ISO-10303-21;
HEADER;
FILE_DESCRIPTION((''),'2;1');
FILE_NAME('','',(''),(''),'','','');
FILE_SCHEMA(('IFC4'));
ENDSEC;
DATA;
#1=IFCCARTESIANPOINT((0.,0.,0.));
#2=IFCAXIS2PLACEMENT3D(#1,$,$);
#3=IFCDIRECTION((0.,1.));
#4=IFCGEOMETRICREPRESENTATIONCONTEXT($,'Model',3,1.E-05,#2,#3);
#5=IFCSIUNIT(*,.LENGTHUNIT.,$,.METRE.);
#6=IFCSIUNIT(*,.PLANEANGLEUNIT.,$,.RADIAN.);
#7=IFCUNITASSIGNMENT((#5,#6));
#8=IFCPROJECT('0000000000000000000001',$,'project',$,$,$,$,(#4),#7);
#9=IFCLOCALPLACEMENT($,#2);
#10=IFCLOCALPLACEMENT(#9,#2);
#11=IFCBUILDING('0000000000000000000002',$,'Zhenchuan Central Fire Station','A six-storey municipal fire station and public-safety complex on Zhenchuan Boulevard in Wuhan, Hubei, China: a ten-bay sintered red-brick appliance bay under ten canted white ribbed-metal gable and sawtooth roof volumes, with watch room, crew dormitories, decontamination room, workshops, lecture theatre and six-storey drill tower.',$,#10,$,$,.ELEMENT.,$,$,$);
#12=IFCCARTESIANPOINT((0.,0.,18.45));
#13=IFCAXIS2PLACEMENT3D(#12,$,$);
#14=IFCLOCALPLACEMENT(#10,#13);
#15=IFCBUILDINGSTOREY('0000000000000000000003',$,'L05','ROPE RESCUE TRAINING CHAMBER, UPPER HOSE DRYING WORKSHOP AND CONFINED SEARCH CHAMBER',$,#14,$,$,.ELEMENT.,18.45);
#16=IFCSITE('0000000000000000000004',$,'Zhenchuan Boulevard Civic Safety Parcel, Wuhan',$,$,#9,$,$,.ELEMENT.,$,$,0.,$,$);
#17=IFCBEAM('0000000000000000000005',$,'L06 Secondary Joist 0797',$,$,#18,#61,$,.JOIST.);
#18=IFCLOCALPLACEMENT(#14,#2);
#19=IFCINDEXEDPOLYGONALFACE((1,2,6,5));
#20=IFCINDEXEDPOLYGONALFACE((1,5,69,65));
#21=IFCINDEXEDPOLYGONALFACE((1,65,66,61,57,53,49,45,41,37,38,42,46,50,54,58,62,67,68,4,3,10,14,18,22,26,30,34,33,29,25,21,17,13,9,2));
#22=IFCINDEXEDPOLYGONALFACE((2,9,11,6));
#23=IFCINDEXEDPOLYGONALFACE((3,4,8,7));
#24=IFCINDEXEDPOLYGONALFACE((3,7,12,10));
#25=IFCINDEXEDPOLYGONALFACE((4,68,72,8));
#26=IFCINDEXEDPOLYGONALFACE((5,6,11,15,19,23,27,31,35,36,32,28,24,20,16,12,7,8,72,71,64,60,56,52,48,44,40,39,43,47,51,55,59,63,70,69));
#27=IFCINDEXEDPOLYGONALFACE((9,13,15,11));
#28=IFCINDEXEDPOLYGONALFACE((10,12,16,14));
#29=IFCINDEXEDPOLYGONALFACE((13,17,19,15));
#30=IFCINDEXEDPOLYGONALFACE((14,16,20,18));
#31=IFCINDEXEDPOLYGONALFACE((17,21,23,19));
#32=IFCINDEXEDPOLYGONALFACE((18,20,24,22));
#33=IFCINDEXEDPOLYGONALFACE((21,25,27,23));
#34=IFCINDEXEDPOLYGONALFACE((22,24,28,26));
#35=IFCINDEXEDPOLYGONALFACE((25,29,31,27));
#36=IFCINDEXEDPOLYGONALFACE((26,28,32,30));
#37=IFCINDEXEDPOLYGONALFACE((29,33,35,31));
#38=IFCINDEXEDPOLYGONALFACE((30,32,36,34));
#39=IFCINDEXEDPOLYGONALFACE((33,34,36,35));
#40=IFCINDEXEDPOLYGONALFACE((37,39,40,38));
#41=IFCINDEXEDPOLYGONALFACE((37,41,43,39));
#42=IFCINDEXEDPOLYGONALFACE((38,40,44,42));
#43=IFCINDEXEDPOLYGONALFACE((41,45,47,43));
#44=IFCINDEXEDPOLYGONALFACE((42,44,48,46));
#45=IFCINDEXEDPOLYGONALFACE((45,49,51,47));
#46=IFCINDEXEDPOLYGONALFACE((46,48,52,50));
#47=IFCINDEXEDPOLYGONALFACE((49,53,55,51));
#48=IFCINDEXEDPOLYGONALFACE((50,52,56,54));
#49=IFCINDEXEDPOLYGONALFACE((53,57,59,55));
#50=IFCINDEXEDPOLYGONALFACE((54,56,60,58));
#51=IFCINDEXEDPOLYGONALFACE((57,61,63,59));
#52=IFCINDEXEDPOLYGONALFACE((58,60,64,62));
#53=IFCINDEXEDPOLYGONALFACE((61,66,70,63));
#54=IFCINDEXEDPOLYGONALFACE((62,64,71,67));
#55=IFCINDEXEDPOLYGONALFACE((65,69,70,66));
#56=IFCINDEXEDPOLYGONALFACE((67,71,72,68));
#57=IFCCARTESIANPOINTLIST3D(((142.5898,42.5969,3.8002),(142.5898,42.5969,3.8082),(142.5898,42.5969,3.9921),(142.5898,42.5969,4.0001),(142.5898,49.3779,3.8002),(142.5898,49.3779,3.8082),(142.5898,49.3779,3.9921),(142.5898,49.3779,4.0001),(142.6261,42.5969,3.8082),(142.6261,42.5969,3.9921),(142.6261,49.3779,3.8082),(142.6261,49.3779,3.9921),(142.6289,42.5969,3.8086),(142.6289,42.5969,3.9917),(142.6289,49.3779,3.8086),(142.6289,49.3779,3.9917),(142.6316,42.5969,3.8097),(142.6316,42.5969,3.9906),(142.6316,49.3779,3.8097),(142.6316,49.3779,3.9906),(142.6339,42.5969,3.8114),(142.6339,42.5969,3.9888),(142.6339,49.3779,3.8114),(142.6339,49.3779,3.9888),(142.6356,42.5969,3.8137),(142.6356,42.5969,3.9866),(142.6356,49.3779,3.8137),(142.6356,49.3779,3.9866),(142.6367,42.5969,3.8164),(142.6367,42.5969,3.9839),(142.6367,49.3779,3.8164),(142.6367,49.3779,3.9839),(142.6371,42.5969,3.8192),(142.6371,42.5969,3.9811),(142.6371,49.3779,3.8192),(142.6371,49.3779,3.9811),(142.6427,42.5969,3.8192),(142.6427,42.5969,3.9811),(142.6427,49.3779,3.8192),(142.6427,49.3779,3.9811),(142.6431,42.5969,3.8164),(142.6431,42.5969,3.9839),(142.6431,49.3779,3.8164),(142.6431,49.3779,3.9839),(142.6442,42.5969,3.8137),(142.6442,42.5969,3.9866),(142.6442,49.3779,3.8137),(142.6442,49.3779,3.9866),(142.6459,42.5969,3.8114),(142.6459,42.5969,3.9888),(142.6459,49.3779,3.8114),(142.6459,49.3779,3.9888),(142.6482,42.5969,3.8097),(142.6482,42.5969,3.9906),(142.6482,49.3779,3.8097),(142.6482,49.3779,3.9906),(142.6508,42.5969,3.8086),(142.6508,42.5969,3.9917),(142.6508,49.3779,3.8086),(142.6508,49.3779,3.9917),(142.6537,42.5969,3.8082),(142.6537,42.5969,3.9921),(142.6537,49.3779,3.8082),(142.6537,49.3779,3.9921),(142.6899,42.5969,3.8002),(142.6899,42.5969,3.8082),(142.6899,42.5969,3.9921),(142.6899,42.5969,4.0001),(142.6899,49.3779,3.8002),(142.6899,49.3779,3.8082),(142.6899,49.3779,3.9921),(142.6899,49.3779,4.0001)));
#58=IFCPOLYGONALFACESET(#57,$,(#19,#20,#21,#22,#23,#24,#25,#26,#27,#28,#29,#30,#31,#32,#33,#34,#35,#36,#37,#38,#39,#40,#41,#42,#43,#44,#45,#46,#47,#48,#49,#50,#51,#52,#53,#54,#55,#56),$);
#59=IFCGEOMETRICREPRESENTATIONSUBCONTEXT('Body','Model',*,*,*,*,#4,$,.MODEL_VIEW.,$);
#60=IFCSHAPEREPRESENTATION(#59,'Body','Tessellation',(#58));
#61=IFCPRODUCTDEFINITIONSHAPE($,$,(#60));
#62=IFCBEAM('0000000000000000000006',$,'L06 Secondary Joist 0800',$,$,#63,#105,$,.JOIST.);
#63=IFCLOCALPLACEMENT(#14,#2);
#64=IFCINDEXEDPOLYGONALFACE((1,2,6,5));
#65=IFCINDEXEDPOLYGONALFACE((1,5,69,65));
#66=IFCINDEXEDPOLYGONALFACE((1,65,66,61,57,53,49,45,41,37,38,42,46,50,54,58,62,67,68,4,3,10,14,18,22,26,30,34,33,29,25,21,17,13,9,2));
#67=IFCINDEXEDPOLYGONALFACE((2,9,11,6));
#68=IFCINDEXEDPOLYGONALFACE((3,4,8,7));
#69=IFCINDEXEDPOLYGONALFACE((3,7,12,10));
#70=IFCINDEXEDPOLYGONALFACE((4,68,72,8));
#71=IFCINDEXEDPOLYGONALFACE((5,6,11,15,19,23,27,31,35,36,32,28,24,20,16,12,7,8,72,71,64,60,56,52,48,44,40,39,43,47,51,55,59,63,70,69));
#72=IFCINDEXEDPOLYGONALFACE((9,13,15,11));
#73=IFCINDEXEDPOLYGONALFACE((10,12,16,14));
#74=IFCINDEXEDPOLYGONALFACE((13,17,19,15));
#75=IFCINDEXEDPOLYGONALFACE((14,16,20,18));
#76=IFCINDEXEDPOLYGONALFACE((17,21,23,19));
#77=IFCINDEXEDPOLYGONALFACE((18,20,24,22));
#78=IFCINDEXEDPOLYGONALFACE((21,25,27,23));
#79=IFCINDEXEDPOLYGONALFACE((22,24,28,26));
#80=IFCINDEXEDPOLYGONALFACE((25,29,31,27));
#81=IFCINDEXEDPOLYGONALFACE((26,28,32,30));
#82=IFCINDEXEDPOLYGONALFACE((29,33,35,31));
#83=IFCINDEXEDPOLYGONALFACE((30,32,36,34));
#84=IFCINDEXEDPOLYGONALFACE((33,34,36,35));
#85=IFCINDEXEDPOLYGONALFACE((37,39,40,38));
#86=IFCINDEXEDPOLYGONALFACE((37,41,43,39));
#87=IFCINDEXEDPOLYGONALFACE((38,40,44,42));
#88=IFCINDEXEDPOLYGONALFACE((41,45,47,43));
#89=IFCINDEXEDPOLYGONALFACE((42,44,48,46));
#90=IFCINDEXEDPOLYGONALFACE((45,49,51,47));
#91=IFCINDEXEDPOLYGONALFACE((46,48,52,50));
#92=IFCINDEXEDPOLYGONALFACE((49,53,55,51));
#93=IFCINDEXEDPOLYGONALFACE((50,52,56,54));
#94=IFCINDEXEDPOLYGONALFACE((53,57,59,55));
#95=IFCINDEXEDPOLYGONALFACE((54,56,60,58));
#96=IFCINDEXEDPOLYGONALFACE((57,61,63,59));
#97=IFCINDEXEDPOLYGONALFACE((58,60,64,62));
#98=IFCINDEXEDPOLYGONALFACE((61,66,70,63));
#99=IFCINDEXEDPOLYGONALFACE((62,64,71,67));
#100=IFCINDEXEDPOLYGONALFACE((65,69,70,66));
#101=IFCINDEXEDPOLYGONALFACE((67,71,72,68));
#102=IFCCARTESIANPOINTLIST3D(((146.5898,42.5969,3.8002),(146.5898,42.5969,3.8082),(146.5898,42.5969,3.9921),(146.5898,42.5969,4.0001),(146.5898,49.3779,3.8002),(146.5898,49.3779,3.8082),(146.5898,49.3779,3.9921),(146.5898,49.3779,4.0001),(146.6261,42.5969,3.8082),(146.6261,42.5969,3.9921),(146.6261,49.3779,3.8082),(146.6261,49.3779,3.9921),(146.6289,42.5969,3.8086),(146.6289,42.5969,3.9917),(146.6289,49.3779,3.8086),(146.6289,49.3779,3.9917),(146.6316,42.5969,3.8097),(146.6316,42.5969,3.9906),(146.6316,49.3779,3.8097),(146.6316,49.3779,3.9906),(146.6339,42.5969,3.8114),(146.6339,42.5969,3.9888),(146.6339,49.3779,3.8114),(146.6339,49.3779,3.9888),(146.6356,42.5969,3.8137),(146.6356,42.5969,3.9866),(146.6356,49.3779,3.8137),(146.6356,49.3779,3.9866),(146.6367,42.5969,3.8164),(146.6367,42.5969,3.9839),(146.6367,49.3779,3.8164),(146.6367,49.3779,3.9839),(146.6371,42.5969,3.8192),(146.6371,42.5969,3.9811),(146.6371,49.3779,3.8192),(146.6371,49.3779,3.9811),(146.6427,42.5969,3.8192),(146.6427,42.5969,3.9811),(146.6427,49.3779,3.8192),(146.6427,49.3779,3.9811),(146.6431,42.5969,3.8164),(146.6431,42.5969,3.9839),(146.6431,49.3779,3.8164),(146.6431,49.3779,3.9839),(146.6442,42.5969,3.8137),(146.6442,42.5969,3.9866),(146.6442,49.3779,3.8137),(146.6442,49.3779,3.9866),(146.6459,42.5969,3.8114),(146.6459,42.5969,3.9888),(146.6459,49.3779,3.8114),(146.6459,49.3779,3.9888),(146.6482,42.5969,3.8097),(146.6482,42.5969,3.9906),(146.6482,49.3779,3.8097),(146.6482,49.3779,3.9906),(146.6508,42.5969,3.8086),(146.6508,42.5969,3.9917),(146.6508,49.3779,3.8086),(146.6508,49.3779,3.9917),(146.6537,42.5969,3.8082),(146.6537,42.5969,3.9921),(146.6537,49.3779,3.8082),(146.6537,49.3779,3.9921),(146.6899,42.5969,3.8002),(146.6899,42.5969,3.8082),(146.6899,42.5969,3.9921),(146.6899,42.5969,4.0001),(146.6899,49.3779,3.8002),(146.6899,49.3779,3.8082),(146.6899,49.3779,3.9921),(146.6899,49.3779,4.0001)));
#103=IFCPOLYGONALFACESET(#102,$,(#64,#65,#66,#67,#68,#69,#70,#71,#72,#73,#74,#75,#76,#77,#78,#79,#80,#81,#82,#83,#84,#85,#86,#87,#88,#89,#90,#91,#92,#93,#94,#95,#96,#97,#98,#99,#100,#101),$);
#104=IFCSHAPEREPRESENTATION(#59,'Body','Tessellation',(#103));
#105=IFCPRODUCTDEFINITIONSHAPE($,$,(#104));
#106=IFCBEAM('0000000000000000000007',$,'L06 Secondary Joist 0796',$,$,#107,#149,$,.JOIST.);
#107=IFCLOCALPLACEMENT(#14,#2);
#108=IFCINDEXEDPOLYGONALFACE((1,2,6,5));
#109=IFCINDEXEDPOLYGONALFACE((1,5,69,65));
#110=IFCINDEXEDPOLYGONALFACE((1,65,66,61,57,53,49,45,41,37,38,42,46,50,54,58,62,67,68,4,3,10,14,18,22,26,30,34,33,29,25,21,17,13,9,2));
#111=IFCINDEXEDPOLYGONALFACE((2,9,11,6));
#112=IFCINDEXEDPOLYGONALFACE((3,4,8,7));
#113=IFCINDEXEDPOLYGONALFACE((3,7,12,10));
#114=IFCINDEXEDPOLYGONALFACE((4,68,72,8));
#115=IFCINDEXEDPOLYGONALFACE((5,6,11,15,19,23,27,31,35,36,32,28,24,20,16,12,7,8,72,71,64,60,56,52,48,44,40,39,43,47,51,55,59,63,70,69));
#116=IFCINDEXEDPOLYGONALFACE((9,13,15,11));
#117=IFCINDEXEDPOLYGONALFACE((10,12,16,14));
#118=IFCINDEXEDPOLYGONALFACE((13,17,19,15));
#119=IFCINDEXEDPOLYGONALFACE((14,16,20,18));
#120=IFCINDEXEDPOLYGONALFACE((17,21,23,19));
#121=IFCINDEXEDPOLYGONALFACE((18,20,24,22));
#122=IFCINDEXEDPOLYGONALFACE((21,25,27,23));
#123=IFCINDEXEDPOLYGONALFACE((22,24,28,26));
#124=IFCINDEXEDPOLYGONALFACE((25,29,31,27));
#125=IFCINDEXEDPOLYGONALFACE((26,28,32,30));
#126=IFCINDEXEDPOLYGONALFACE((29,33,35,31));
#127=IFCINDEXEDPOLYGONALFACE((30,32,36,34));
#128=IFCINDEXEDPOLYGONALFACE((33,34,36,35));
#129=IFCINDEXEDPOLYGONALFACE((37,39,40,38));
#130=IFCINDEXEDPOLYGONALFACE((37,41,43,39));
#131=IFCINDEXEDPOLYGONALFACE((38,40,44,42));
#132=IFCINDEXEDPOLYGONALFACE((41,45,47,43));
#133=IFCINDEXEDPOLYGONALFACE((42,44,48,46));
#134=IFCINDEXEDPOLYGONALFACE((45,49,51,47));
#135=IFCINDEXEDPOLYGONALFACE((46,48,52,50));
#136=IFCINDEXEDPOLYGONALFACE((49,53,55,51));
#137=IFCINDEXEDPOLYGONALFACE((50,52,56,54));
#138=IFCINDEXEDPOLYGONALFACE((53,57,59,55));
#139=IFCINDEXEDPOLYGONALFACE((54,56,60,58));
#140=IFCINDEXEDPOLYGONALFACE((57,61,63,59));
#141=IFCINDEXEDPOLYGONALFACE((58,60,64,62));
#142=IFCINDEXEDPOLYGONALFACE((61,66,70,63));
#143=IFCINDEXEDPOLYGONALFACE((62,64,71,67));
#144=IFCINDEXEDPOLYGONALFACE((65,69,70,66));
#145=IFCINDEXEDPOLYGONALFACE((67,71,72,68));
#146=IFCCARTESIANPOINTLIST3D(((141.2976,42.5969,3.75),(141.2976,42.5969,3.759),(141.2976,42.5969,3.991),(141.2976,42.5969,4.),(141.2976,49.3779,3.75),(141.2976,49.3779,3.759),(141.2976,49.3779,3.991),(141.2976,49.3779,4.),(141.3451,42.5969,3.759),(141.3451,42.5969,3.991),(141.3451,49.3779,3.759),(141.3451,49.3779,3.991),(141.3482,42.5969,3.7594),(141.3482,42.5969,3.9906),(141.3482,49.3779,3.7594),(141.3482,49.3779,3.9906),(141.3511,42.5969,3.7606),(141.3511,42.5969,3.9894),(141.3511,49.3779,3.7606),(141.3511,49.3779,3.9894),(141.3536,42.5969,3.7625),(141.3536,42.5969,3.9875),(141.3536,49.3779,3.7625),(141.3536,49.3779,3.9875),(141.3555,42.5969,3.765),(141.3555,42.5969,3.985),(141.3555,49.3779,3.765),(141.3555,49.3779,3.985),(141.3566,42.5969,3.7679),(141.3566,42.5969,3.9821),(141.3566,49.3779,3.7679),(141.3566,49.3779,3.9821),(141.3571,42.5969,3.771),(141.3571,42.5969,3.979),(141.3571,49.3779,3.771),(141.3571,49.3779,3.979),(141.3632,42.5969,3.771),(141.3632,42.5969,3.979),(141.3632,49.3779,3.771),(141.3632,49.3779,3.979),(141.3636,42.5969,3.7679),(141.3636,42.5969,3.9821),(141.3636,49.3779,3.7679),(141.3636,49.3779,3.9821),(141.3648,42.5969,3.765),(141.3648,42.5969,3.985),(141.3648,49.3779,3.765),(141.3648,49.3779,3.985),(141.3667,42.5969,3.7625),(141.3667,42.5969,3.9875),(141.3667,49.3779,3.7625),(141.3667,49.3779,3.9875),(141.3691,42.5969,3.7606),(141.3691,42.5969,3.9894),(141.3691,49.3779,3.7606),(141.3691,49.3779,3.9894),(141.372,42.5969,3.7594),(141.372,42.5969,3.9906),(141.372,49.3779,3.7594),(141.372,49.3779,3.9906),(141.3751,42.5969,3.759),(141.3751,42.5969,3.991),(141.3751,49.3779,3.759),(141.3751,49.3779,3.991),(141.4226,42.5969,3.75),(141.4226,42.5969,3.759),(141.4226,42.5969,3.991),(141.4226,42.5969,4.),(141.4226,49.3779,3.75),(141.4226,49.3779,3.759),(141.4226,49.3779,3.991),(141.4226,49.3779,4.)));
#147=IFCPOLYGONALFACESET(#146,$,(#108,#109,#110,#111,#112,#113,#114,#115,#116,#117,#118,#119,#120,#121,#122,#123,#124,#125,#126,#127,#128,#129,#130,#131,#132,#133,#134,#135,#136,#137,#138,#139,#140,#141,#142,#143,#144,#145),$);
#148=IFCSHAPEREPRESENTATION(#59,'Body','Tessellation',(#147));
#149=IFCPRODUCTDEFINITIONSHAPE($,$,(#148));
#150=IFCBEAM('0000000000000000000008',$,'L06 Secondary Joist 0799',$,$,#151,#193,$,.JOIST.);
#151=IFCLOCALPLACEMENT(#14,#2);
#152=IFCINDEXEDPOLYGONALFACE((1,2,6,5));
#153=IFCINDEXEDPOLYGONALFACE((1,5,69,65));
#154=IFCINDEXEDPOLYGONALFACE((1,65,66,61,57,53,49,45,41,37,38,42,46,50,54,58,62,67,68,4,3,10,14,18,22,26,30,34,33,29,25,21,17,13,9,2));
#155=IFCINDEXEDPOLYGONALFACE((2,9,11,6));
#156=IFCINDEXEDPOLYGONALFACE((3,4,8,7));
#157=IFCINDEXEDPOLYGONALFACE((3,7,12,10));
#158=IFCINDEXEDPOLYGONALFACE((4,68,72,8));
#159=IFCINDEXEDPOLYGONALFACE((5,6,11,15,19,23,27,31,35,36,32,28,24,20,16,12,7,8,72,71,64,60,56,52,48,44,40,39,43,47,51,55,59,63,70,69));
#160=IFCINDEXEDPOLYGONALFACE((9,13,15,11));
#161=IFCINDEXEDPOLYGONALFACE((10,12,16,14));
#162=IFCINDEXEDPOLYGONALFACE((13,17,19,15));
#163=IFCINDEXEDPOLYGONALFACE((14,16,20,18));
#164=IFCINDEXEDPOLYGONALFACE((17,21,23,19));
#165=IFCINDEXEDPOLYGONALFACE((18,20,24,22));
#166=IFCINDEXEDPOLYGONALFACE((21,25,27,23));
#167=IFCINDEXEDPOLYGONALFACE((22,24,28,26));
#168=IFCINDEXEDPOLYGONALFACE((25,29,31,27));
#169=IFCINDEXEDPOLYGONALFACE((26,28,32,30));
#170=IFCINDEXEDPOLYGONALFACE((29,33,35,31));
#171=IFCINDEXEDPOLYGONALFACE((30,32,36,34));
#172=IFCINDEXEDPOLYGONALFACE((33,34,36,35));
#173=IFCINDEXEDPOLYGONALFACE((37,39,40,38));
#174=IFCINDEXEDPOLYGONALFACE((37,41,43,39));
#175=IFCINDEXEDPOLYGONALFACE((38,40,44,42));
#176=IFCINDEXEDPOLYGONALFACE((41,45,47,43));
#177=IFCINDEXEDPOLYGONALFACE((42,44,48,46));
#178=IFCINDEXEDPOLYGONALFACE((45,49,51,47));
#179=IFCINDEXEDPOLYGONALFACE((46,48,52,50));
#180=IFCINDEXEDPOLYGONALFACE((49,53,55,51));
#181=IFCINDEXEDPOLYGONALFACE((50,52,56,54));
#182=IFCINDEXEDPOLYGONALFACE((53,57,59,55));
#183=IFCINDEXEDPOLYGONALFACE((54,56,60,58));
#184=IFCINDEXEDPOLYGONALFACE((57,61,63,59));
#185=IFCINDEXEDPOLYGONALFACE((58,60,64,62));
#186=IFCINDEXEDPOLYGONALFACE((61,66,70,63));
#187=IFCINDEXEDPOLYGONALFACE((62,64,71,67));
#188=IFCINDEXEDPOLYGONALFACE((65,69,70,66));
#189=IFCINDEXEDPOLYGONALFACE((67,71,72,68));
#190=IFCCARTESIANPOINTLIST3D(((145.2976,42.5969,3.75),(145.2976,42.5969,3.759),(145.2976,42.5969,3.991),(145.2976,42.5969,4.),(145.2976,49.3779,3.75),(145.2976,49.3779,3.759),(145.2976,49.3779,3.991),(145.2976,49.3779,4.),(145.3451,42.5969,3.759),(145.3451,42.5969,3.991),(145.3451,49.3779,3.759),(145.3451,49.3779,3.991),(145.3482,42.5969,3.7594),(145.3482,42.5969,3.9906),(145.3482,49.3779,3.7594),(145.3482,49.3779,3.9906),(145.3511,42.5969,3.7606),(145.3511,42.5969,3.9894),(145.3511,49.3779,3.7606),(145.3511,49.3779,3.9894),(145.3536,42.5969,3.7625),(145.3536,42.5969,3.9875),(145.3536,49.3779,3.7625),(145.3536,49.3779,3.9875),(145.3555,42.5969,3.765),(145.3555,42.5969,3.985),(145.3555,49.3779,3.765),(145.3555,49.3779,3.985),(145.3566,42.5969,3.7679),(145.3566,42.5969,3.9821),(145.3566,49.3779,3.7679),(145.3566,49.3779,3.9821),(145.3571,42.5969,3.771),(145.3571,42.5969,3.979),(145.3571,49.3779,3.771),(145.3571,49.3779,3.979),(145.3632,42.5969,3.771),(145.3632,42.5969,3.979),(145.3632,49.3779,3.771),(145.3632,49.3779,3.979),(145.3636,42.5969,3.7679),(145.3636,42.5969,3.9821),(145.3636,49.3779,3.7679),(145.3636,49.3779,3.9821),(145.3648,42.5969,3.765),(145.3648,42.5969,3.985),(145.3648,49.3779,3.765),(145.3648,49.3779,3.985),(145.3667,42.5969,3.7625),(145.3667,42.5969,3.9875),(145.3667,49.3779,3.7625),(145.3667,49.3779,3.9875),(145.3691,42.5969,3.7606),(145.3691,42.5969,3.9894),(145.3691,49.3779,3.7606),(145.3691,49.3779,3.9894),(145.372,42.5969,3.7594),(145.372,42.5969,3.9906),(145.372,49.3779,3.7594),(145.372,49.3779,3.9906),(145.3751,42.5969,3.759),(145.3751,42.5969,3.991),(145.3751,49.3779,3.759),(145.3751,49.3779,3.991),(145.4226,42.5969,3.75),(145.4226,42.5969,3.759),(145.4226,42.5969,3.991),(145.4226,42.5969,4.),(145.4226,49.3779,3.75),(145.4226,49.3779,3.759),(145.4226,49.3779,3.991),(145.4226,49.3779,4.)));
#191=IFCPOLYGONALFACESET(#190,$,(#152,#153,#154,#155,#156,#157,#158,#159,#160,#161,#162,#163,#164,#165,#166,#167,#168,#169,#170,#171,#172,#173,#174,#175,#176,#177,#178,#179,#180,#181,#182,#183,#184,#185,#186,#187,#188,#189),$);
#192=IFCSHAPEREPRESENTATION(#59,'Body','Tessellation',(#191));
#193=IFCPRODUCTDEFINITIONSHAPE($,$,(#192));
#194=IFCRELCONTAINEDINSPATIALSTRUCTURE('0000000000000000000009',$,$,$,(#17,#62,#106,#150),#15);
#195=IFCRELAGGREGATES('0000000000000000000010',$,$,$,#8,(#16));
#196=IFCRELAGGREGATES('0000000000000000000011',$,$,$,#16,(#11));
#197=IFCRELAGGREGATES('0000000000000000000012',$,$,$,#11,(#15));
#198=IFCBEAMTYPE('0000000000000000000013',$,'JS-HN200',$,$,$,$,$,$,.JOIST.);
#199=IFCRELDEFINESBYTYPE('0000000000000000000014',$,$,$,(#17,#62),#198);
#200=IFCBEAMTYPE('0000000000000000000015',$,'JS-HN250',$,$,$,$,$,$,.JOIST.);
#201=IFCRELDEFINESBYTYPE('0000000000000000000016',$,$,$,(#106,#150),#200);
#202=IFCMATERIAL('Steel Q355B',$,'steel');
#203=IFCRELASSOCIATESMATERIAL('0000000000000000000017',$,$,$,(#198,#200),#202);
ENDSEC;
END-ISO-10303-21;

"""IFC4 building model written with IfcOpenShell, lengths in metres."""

from ifc_helpers import new_model, si_unit, direction, frame, origin, origin_2d, place, context, subcontext, project, spatial, i_section, extrude, material, material_profile, profile_set, type_object, element, save


model = new_model("IFC4")

# Units and contexts
model_context = context("Model", 3, precision=1e-05, world=origin(), true_north=direction((0.0, 1.0)))
body_context = subcontext(model_context, "Body", "Model", "MODEL_VIEW")
ifc_project = project(units=[si_unit("LENGTHUNIT", "METRE"), si_unit("PLANEANGLEUNIT", "RADIAN")], contexts=[model_context])

# Site, building, storey
site_placement = place(None, origin())
site = spatial("IfcSite", under=ifc_project, at=site_placement, Name="Zhenchuan Boulevard Civic Safety Parcel, Wuhan", CompositionType="ELEMENT", RefElevation=0.0)
building_placement = place(site_placement, origin())
building = spatial("IfcBuilding", under=site, at=building_placement, Name="Zhenchuan Central Fire Station", Description="A six-storey municipal fire station and public-safety complex on Zhenchuan Boulevard in Wuhan, Hubei, China: a ten-bay sintered red-brick appliance bay under ten canted white ribbed-metal gable and sawtooth roof volumes, with watch room, crew dormitories, decontamination room, workshops, lecture theatre and six-storey drill tower.", CompositionType="ELEMENT")
storey_placement = place(building_placement, frame((0.0, 0.0, 18.45)))
storey = spatial("IfcBuildingStorey", under=building, at=storey_placement, Name="L05", Description="ROPE RESCUE TRAINING CHAMBER, UPPER HOSE DRYING WORKSHOP AND CONFINED SEARCH CHAMBER", CompositionType="ELEMENT", Elevation=18.45)

# Beams
ifc_material_1 = material(Name="Steel Q355B", Category="steel")
ifc_material_profile_1 = material_profile(ifc_material_1, i_section(OverallWidth=0.1001, OverallDepth=0.2, WebThickness=0.0056, FlangeThickness=0.0081, FilletRadius=0.011, at=origin_2d()), Name="HN 200x100")
ifc_profile_set_1 = profile_set([ifc_material_profile_1], Name="Steel Q355B")
beam_type_1 = type_object("IfcBeamType", Name="JS-HN200", PredefinedType="JOIST", material=ifc_profile_set_1)
for number, where, z_axis, x_axis, name in (
    (1, (142.6399, 42.5969, 3.9001), (0.0, 1.0, 0.0), (-1.0, 0.0, 0.0), "L06 Secondary Joist 0797"),
    (2, (146.6399, 42.5969, 3.9001), (0.0, 1.0, 0.0), (-1.0, 0.0, 0.0), "L06 Secondary Joist 0800"),
):
    element("IfcBeam", number, at=place(storey_placement, frame(where, z_axis=z_axis, x_axis=x_axis)), inside=storey, type_object=beam_type_1, Name=name, PredefinedType="JOIST", context=body_context, shape_type="SweptSolid", body=[
        extrude(i_section(OverallWidth=0.1001, OverallDepth=0.2, WebThickness=0.0056, FlangeThickness=0.0081, FilletRadius=0.011, at=origin_2d()), origin(), (0.0, 0.0, 1.0), 6.781),
    ])
ifc_material_profile_2 = material_profile(ifc_material_1, i_section(OverallWidth=0.125, OverallDepth=0.25, WebThickness=0.0061, FlangeThickness=0.009, FilletRadius=0.012, at=origin_2d()), Name="HN 250x125")
ifc_profile_set_2 = profile_set([ifc_material_profile_2], Name="Steel Q355B")
beam_type_2 = type_object("IfcBeamType", Name="JS-HN250", PredefinedType="JOIST", material=ifc_profile_set_2)
for number, where, z_axis, x_axis, name in (
    (3, (141.3601, 42.5969, 3.875), (0.0, 1.0, 0.0), (-1.0, 0.0, 0.0), "L06 Secondary Joist 0796"),
    (4, (145.3601, 42.5969, 3.875), (0.0, 1.0, 0.0), (-1.0, 0.0, 0.0), "L06 Secondary Joist 0799"),
):
    element("IfcBeam", number, at=place(storey_placement, frame(where, z_axis=z_axis, x_axis=x_axis)), inside=storey, type_object=beam_type_2, Name=name, PredefinedType="JOIST", context=body_context, shape_type="SweptSolid", body=[
        extrude(i_section(OverallWidth=0.125, OverallDepth=0.25, WebThickness=0.0061, FlangeThickness=0.009, FilletRadius=0.012, at=origin_2d()), origin(), (0.0, 0.0, 1.0), 6.781),
    ])

save(model, "model.ifc")
